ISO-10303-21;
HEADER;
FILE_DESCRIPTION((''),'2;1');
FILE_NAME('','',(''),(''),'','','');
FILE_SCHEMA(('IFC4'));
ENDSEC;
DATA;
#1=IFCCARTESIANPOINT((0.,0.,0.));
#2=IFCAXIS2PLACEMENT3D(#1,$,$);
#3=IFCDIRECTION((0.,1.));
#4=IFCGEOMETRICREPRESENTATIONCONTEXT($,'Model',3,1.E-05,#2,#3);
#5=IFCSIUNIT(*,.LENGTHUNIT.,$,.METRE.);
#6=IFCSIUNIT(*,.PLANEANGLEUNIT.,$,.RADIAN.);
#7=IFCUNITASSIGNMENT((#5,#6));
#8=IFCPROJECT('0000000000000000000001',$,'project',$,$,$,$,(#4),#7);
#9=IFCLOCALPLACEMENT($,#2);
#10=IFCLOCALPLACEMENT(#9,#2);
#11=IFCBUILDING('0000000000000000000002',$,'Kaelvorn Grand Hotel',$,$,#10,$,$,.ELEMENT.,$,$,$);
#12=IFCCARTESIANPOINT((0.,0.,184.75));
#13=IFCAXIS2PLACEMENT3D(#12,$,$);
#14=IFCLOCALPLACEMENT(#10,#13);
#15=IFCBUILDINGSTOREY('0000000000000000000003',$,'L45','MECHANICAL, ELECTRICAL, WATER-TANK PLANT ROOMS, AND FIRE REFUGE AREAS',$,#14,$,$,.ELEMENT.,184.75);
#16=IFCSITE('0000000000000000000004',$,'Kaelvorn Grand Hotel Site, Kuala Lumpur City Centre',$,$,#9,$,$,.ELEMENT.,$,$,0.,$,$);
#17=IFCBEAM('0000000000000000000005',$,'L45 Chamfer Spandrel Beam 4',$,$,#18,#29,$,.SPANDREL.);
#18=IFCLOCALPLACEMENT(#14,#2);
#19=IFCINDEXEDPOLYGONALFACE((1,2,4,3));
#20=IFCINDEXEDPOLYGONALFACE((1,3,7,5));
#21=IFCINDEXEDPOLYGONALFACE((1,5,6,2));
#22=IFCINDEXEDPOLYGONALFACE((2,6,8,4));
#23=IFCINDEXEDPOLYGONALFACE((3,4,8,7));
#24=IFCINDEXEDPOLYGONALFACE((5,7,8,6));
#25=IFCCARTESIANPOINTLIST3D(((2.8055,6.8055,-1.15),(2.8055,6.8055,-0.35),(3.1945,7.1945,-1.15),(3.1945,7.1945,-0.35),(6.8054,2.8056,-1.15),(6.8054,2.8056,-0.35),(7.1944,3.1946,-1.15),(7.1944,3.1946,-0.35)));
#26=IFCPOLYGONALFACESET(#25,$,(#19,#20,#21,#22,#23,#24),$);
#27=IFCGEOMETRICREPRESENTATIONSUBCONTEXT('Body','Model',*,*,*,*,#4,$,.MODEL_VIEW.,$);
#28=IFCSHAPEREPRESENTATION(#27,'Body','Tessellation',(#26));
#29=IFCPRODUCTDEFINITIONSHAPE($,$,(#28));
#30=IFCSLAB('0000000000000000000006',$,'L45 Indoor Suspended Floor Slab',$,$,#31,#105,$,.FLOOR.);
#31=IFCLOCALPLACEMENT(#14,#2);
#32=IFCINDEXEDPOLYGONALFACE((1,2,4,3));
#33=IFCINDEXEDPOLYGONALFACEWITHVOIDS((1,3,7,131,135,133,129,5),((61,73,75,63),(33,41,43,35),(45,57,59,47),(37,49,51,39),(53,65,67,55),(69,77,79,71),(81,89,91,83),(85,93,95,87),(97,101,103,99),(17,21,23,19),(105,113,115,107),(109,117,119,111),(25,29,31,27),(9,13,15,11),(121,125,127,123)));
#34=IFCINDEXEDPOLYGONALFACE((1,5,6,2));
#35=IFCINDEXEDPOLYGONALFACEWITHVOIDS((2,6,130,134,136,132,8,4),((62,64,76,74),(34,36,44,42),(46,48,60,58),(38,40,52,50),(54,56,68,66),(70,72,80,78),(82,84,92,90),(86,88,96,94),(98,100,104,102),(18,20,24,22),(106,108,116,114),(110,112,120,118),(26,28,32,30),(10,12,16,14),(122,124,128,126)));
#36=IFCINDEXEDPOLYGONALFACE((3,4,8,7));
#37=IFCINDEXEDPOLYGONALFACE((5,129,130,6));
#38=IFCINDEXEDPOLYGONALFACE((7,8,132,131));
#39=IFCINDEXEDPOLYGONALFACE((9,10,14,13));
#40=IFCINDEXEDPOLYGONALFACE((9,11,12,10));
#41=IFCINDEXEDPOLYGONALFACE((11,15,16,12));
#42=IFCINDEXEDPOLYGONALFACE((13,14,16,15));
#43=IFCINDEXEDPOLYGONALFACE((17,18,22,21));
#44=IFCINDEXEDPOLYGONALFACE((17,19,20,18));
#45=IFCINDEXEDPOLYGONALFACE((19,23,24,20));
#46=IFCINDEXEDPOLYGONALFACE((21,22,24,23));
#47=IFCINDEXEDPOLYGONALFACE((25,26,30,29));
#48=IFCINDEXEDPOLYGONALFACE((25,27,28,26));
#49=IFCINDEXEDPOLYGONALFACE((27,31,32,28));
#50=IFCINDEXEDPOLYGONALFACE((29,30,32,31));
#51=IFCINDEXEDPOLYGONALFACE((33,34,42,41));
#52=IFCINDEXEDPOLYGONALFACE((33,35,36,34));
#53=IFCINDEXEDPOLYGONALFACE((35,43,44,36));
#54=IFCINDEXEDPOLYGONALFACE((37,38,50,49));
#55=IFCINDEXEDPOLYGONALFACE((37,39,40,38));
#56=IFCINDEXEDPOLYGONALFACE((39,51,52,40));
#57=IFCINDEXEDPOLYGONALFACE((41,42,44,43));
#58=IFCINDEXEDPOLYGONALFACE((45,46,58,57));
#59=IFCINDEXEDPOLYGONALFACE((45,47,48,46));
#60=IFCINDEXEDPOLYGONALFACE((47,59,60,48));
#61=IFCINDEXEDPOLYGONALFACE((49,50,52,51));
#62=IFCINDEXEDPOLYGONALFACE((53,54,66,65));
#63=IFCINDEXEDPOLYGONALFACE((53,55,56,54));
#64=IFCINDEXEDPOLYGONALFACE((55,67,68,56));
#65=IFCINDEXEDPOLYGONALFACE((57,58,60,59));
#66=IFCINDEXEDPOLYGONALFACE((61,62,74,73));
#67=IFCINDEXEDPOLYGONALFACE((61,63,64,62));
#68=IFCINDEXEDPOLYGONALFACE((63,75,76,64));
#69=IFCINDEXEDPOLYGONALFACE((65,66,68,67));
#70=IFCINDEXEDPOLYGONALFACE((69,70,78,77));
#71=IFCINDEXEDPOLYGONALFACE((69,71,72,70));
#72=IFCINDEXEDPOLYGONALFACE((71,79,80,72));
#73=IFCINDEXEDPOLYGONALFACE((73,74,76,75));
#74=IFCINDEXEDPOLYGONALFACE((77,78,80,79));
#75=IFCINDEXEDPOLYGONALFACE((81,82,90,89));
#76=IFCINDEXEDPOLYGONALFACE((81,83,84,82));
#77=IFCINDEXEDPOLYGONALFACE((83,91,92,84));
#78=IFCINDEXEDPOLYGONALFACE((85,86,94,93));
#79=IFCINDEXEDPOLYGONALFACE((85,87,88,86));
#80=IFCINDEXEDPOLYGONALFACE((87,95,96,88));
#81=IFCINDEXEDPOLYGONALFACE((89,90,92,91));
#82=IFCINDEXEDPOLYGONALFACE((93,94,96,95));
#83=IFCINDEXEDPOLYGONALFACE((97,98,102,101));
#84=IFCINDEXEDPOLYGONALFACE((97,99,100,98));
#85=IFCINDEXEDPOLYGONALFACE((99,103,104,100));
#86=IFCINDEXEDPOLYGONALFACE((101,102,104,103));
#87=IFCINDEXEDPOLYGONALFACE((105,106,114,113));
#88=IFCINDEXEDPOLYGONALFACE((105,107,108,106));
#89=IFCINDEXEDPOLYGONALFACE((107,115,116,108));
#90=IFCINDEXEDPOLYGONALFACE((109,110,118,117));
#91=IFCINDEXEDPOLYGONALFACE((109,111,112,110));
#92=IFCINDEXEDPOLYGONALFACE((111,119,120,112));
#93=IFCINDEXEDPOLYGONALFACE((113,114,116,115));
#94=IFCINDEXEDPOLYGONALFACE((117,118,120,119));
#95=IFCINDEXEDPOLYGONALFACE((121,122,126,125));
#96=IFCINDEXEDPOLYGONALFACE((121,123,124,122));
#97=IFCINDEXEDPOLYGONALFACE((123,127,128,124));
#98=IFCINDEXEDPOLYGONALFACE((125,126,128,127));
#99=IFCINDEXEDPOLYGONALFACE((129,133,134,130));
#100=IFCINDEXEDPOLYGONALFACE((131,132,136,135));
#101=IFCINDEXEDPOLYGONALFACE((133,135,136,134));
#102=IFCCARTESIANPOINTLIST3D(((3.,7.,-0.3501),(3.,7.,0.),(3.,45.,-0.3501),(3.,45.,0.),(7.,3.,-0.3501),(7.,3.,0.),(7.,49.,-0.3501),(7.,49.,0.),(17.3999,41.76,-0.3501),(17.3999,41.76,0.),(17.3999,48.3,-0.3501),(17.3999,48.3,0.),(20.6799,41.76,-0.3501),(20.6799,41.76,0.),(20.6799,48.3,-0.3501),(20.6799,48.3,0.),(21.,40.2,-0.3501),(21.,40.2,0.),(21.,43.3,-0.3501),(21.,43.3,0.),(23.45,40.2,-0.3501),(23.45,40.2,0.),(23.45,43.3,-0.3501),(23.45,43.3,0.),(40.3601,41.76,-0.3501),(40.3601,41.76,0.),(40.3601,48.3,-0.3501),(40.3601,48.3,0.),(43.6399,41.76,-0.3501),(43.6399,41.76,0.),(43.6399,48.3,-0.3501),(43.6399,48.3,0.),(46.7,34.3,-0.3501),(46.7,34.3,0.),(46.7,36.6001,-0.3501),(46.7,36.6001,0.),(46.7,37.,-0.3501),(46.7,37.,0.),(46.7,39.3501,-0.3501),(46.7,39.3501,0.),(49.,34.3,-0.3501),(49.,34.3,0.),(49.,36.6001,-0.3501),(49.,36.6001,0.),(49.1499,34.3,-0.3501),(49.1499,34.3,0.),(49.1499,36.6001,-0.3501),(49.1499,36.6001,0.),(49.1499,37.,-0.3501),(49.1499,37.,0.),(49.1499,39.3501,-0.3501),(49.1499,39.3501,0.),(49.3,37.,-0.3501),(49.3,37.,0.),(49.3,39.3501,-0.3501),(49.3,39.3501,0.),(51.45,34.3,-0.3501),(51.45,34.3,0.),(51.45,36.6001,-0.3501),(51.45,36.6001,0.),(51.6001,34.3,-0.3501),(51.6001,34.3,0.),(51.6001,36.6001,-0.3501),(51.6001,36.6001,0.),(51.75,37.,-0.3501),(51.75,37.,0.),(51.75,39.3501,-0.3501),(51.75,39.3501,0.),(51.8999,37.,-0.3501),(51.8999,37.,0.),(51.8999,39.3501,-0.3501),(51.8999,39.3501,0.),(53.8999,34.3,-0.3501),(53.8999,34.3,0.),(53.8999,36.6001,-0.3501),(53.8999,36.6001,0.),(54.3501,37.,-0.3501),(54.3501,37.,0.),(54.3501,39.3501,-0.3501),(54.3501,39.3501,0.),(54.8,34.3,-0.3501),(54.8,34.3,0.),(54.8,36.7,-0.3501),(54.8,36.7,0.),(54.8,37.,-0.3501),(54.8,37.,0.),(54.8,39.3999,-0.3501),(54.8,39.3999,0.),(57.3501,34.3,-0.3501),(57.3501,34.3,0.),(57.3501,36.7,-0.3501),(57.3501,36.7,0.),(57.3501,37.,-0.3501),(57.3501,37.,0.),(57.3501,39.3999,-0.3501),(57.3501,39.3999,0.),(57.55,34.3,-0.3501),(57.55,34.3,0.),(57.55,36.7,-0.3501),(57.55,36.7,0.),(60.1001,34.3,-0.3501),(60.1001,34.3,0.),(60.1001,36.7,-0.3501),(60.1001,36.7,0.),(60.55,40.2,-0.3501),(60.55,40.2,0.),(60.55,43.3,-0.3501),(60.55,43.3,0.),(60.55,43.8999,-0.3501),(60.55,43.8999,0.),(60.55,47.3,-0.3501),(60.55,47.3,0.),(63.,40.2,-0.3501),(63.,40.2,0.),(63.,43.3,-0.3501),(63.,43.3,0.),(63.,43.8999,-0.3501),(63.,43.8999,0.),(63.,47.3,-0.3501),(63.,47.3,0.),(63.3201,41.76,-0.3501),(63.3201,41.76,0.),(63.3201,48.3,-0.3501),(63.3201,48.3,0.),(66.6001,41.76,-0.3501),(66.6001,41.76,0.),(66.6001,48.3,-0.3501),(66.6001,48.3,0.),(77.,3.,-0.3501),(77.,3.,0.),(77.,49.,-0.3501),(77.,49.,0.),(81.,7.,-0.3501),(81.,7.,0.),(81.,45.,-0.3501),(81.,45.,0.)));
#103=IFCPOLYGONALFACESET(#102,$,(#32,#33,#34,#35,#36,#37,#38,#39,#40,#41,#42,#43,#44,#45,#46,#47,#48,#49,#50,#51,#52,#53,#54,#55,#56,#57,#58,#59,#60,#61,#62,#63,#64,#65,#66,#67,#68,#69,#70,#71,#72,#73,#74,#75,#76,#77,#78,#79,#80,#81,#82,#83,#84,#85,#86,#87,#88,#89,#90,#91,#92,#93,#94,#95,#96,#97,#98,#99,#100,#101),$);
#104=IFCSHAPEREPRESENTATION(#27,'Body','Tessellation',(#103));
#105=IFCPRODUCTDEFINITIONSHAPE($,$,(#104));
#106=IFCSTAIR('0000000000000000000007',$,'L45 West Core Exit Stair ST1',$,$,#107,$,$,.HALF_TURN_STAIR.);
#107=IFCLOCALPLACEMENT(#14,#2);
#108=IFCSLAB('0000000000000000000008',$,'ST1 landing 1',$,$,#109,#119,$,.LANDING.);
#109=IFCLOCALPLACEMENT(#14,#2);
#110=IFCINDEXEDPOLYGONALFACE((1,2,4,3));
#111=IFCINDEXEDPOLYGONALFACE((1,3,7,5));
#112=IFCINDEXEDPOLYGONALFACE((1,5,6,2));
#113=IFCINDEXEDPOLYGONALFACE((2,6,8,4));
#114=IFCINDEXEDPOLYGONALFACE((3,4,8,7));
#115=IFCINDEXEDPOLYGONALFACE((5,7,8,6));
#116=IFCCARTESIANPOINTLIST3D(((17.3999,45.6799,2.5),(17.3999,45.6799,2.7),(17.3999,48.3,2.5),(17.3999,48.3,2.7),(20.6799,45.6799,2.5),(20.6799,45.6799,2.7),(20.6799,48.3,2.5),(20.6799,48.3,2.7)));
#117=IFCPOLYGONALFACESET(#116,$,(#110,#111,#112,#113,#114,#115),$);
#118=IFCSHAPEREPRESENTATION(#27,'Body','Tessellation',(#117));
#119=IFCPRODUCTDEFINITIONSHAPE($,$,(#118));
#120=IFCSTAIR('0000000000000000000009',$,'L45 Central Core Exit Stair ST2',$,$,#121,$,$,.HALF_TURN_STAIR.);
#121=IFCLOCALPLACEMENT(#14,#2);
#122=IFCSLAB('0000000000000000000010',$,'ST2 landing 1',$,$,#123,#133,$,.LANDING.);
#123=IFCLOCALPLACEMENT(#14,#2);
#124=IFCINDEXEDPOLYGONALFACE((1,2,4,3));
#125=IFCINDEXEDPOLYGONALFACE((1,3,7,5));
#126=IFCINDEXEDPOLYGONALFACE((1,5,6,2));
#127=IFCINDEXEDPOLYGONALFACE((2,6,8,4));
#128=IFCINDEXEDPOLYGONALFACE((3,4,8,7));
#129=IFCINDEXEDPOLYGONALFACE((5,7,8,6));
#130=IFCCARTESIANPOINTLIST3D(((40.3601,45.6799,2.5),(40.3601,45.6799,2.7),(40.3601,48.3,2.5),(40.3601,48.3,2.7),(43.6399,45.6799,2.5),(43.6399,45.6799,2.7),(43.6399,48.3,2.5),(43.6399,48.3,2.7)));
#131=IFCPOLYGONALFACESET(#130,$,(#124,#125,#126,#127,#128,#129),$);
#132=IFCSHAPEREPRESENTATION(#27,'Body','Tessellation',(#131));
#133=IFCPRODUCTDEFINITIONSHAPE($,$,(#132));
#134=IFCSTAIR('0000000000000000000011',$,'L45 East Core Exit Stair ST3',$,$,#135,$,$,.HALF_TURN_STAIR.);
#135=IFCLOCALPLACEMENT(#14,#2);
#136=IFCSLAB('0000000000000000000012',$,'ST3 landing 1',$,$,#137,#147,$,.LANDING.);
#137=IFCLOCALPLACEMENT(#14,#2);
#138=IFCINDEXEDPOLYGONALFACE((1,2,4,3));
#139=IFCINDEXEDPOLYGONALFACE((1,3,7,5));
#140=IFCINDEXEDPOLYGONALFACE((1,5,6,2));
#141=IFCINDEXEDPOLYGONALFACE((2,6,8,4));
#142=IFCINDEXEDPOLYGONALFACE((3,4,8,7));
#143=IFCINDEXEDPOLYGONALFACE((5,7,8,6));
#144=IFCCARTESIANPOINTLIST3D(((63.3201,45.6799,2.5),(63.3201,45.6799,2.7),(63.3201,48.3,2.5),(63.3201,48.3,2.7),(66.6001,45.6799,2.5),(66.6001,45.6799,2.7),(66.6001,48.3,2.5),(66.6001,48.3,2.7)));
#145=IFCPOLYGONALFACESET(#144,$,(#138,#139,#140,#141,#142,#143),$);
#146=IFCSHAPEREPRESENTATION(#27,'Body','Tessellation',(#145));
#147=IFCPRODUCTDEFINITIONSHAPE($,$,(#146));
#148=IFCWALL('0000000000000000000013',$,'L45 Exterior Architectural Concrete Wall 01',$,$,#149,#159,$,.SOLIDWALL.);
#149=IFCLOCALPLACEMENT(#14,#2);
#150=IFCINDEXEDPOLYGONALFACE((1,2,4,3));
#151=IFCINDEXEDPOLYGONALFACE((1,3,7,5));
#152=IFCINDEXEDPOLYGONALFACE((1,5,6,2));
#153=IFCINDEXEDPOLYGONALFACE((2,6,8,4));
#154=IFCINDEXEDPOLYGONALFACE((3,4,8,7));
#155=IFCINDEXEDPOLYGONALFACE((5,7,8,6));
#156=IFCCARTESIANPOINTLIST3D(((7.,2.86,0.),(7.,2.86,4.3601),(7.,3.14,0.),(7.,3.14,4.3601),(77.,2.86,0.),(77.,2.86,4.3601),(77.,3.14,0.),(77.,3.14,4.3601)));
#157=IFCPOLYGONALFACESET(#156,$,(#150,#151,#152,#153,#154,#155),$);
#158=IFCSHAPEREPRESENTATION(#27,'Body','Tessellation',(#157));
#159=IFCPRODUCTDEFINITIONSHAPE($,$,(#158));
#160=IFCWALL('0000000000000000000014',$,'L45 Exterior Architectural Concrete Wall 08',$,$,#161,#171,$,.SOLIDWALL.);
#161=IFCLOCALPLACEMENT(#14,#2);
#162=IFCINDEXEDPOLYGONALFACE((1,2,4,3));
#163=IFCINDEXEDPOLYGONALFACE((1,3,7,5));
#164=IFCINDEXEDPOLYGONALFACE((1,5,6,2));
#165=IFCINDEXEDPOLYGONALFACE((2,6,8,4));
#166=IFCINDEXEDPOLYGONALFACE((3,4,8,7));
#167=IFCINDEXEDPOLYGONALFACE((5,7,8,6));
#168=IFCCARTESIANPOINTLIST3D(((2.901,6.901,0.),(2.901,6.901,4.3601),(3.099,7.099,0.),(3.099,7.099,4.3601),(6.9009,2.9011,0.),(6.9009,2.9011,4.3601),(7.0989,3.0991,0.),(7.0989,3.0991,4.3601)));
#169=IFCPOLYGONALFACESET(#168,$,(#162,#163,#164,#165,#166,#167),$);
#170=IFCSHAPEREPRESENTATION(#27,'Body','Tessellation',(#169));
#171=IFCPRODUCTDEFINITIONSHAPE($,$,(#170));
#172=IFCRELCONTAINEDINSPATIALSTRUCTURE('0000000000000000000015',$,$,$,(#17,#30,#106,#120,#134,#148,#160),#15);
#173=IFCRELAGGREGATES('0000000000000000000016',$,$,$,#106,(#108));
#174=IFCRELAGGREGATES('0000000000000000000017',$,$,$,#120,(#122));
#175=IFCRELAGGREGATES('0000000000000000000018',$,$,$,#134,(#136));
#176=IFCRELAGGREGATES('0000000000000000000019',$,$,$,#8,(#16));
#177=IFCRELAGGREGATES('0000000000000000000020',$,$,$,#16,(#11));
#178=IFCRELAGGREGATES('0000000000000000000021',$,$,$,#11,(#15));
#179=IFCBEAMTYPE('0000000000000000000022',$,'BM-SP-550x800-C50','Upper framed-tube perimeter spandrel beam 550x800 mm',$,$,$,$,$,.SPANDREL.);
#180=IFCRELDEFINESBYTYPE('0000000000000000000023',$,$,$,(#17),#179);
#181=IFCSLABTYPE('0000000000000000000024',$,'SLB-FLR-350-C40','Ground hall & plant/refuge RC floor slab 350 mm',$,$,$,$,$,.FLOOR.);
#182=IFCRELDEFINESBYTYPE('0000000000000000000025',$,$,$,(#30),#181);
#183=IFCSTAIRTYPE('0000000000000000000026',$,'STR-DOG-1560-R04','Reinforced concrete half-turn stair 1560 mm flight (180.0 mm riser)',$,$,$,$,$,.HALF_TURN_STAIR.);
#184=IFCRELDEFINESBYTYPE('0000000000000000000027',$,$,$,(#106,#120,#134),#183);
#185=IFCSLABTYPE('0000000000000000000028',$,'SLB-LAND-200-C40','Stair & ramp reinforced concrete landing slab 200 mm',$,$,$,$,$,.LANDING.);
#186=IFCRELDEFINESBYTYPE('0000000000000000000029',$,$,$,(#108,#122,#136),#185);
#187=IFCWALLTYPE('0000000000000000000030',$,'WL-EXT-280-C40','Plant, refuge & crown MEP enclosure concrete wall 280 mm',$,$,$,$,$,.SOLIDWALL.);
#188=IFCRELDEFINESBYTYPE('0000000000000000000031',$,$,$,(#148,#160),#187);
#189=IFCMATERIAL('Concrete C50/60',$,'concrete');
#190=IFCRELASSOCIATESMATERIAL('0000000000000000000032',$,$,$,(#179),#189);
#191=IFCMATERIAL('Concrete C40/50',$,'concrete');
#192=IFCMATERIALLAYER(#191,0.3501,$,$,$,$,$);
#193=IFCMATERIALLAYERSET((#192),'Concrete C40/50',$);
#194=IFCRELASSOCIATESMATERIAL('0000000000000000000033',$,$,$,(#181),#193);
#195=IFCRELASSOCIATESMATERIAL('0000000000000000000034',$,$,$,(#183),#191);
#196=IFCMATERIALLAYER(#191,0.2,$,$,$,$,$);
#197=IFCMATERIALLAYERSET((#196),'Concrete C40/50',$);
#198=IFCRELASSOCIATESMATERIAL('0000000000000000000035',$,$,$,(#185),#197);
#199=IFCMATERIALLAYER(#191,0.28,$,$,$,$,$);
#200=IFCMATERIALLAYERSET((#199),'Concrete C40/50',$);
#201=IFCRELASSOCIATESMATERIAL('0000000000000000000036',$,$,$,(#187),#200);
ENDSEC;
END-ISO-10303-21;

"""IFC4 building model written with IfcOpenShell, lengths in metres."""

from ifc_helpers import new_model, si_unit, direction, frame, frame_2d, origin, origin_2d, place, context, subcontext, project, spatial, polyline, rectangle, outline, extrude, material, layer, layer_set, material_profile, profile_set, type_object, element, aggregate, save


model = new_model("IFC4")

# Units and contexts
model_context = context("Model", 3, precision=1e-05, world=origin(), true_north=direction((0.0, 1.0)))
body_context = subcontext(model_context, "Body", "Model", "MODEL_VIEW")
ifc_project = project(units=[si_unit("LENGTHUNIT", "METRE"), si_unit("PLANEANGLEUNIT", "RADIAN")], contexts=[model_context])

# Site, building, storey
site_placement = place(None, origin())
site = spatial("IfcSite", under=ifc_project, at=site_placement, Name="Kaelvorn Grand Hotel Site, Kuala Lumpur City Centre", CompositionType="ELEMENT", RefElevation=0.0)
building_placement = place(site_placement, origin())
building = spatial("IfcBuilding", under=site, at=building_placement, Name="Kaelvorn Grand Hotel", CompositionType="ELEMENT")
storey_placement = place(building_placement, frame((0.0, 0.0, 184.75)))
storey = spatial("IfcBuildingStorey", under=building, at=storey_placement, Name="L45", Description="MECHANICAL, ELECTRICAL, WATER-TANK PLANT ROOMS, AND FIRE REFUGE AREAS", CompositionType="ELEMENT", Elevation=184.75)

# Beam
ifc_material_1 = material(Name="Concrete C50/60", Category="concrete")
ifc_material_profile_1 = material_profile(ifc_material_1, rectangle(XDim=0.55, YDim=0.8, at=origin_2d()), Name="RC SPANDREL 550x800")
ifc_profile_set_1 = profile_set([ifc_material_profile_1], Name="Concrete C50/60")
beam_type_1 = type_object("IfcBeamType", Name="BM-SP-550x800-C50", Description="Upper framed-tube perimeter spandrel beam 550x800 mm", PredefinedType="SPANDREL", material=ifc_profile_set_1)
beam_1_placement = place(storey_placement, frame((3.0, 7.0, -0.75), z_axis=(0.707107, -0.707107, 0.0), x_axis=(0.707107, 0.707107, 0.0)))
element("IfcBeam", 1, at=beam_1_placement, inside=storey, type_object=beam_type_1, Name="L45 Chamfer Spandrel Beam 4", PredefinedType="SPANDREL", context=body_context, shape_type="SweptSolid", body=[
    extrude(rectangle(XDim=0.55, YDim=0.8, at=origin_2d()), origin(), (0.0, 0.0, 1.0), 5.6567),
])

# Slab
ifc_material_2 = material(Name="Concrete C40/50", Category="concrete")
ifc_layer_1 = layer(ifc_material_2, 0.3501)
ifc_layer_set_1 = layer_set([ifc_layer_1], Name="Concrete C40/50")
slab_type_1 = type_object("IfcSlabType", Name="SLB-FLR-350-C40", Description="Ground hall & plant/refuge RC floor slab 350 mm", PredefinedType="FLOOR", material=ifc_layer_set_1)
slab_1_placement = place(storey_placement, frame((0.0, 0.0, -0.3501)))
element("IfcSlab", 2, at=slab_1_placement, inside=storey, type_object=slab_type_1, Name="L45 Indoor Suspended Floor Slab", PredefinedType="FLOOR", context=body_context, shape_type="SweptSolid", body=[
    extrude(outline(polyline([(7.0, 3.0), (77.0, 3.0), (81.0, 7.0), (81.0, 45.0), (77.0, 49.0), (7.0, 49.0), (3.0, 45.0), (3.0, 7.0), (7.0, 3.0)]), holes=[polyline([(17.3999, 41.76), (17.3999, 48.3), (20.6799, 48.3), (20.6799, 41.76), (17.3999, 41.76)]), polyline([(40.3601, 41.76), (40.3601, 48.3), (43.6399, 48.3), (43.6399, 41.76), (40.3601, 41.76)]), polyline([(63.3201, 41.76), (63.3201, 48.3), (66.6001, 48.3), (66.6001, 41.76), (63.3201, 41.76)]), polyline([(46.7, 34.3), (46.7, 36.6001), (49.0, 36.6001), (49.0, 34.3), (46.7, 34.3)]), polyline([(49.1499, 34.3), (49.1499, 36.6001), (51.45, 36.6001), (51.45, 34.3), (49.1499, 34.3)]), polyline([(51.6001, 34.3), (51.6001, 36.6001), (53.8999, 36.6001), (53.8999, 34.3), (51.6001, 34.3)]), polyline([(46.7, 37.0), (46.7, 39.3501), (49.1499, 39.3501), (49.1499, 37.0), (46.7, 37.0)]), polyline([(49.3, 37.0), (49.3, 39.3501), (51.75, 39.3501), (51.75, 37.0), (49.3, 37.0)]), polyline([(51.8999, 37.0), (51.8999, 39.3501), (54.3501, 39.3501), (54.3501, 37.0), (51.8999, 37.0)]), polyline([(54.8, 34.3), (54.8, 36.7), (57.3501, 36.7), (57.3501, 34.3), (54.8, 34.3)]), polyline([(57.55, 34.3), (57.55, 36.7), (60.1001, 36.7), (60.1001, 34.3), (57.55, 34.3)]), polyline([(54.8, 37.0), (54.8, 39.3999), (57.3501, 39.3999), (57.3501, 37.0), (54.8, 37.0)]), polyline([(21.0, 40.2), (21.0, 43.3), (23.45, 43.3), (23.45, 40.2), (21.0, 40.2)]), polyline([(60.55, 40.2), (60.55, 43.3), (63.0, 43.3), (63.0, 40.2), (60.55, 40.2)]), polyline([(60.55, 43.8999), (60.55, 47.3), (63.0, 47.3), (63.0, 43.8999), (60.55, 43.8999)])]), origin(), (0.0, 0.0, 1.0), 0.3501),
])

# Stairs, slabs
stair_type = type_object("IfcStairType", Name="STR-DOG-1560-R04", Description="Reinforced concrete half-turn stair 1560 mm flight (180.0 mm riser)", PredefinedType="HALF_TURN_STAIR", material=ifc_material_2)
stair_1_placement = place(storey_placement, origin())
stair_1 = element("IfcStair", 3, at=stair_1_placement, inside=storey, type_object=stair_type, Name="L45 West Core Exit Stair ST1", PredefinedType="HALF_TURN_STAIR")
ifc_layer_2 = layer(ifc_material_2, 0.2)
ifc_layer_set_2 = layer_set([ifc_layer_2], Name="Concrete C40/50")
slab_type_2 = type_object("IfcSlabType", Name="SLB-LAND-200-C40", Description="Stair & ramp reinforced concrete landing slab 200 mm", PredefinedType="LANDING", material=ifc_layer_set_2)
slab_2_placement = place(storey_placement, frame((0.0, 0.0, 2.5)))
slab_2 = element("IfcSlab", 4, at=slab_2_placement, type_object=slab_type_2, Name="ST1 landing 1", PredefinedType="LANDING", context=body_context, shape_type="SweptSolid", body=[
    extrude(outline(polyline([(20.6799, 45.6799), (20.6799, 48.3), (17.3999, 48.3), (17.3999, 45.6799), (20.6799, 45.6799)])), origin(), (0.0, 0.0, 1.0), 0.2),
])
aggregate(stair_1, [slab_2])
stair_2_placement = place(storey_placement, origin())
stair_2 = element("IfcStair", 5, at=stair_2_placement, inside=storey, type_object=stair_type, Name="L45 Central Core Exit Stair ST2", PredefinedType="HALF_TURN_STAIR")
slab_3_placement = place(storey_placement, frame((0.0, 0.0, 2.5)))
slab_3 = element("IfcSlab", 6, at=slab_3_placement, type_object=slab_type_2, Name="ST2 landing 1", PredefinedType="LANDING", context=body_context, shape_type="SweptSolid", body=[
    extrude(outline(polyline([(43.6399, 45.6799), (43.6399, 48.3), (40.3601, 48.3), (40.3601, 45.6799), (43.6399, 45.6799)])), origin(), (0.0, 0.0, 1.0), 0.2),
])
aggregate(stair_2, [slab_3])
stair_3_placement = place(storey_placement, origin())
stair_3 = element("IfcStair", 7, at=stair_3_placement, inside=storey, type_object=stair_type, Name="L45 East Core Exit Stair ST3", PredefinedType="HALF_TURN_STAIR")
slab_4_placement = place(storey_placement, frame((0.0, 0.0, 2.5)))
slab_4 = element("IfcSlab", 8, at=slab_4_placement, type_object=slab_type_2, Name="ST3 landing 1", PredefinedType="LANDING", context=body_context, shape_type="SweptSolid", body=[
    extrude(outline(polyline([(66.6001, 45.6799), (66.6001, 48.3), (63.3201, 48.3), (63.3201, 45.6799), (66.6001, 45.6799)])), origin(), (0.0, 0.0, 1.0), 0.2),
])
aggregate(stair_3, [slab_4])

# Walls
ifc_layer_3 = layer(ifc_material_2, 0.28)
ifc_layer_set_3 = layer_set([ifc_layer_3], Name="Concrete C40/50")
wall_type = type_object("IfcWallType", Name="WL-EXT-280-C40", Description="Plant, refuge & crown MEP enclosure concrete wall 280 mm", PredefinedType="SOLIDWALL", material=ifc_layer_set_3)
wall_1_placement = place(storey_placement, frame((7.0, 3.0, 0.0), z_axis=(0.0, 0.0, 1.0), x_axis=(1.0, 0.0, 0.0)))
element("IfcWall", 9, at=wall_1_placement, inside=storey, type_object=wall_type, Name="L45 Exterior Architectural Concrete Wall 01", PredefinedType="SOLIDWALL", context=body_context, shape_type="SweptSolid", body=[
    extrude(rectangle(XDim=70.0, YDim=0.28, at=frame_2d((35.0, 0.0))), origin(), (0.0, 0.0, 1.0), 4.3601),
])
wall_2_placement = place(storey_placement, frame((3.0, 7.0, 0.0), z_axis=(0.0, 0.0, 1.0), x_axis=(0.707107, -0.707107, 0.0)))
element("IfcWall", 10, at=wall_2_placement, inside=storey, type_object=wall_type, Name="L45 Exterior Architectural Concrete Wall 08", PredefinedType="SOLIDWALL", context=body_context, shape_type="SweptSolid", body=[
    extrude(rectangle(XDim=5.6567, YDim=0.28, at=frame_2d((2.8284, 0.0))), origin(), (0.0, 0.0, 1.0), 4.3601),
])

save(model, "model.ifc")
